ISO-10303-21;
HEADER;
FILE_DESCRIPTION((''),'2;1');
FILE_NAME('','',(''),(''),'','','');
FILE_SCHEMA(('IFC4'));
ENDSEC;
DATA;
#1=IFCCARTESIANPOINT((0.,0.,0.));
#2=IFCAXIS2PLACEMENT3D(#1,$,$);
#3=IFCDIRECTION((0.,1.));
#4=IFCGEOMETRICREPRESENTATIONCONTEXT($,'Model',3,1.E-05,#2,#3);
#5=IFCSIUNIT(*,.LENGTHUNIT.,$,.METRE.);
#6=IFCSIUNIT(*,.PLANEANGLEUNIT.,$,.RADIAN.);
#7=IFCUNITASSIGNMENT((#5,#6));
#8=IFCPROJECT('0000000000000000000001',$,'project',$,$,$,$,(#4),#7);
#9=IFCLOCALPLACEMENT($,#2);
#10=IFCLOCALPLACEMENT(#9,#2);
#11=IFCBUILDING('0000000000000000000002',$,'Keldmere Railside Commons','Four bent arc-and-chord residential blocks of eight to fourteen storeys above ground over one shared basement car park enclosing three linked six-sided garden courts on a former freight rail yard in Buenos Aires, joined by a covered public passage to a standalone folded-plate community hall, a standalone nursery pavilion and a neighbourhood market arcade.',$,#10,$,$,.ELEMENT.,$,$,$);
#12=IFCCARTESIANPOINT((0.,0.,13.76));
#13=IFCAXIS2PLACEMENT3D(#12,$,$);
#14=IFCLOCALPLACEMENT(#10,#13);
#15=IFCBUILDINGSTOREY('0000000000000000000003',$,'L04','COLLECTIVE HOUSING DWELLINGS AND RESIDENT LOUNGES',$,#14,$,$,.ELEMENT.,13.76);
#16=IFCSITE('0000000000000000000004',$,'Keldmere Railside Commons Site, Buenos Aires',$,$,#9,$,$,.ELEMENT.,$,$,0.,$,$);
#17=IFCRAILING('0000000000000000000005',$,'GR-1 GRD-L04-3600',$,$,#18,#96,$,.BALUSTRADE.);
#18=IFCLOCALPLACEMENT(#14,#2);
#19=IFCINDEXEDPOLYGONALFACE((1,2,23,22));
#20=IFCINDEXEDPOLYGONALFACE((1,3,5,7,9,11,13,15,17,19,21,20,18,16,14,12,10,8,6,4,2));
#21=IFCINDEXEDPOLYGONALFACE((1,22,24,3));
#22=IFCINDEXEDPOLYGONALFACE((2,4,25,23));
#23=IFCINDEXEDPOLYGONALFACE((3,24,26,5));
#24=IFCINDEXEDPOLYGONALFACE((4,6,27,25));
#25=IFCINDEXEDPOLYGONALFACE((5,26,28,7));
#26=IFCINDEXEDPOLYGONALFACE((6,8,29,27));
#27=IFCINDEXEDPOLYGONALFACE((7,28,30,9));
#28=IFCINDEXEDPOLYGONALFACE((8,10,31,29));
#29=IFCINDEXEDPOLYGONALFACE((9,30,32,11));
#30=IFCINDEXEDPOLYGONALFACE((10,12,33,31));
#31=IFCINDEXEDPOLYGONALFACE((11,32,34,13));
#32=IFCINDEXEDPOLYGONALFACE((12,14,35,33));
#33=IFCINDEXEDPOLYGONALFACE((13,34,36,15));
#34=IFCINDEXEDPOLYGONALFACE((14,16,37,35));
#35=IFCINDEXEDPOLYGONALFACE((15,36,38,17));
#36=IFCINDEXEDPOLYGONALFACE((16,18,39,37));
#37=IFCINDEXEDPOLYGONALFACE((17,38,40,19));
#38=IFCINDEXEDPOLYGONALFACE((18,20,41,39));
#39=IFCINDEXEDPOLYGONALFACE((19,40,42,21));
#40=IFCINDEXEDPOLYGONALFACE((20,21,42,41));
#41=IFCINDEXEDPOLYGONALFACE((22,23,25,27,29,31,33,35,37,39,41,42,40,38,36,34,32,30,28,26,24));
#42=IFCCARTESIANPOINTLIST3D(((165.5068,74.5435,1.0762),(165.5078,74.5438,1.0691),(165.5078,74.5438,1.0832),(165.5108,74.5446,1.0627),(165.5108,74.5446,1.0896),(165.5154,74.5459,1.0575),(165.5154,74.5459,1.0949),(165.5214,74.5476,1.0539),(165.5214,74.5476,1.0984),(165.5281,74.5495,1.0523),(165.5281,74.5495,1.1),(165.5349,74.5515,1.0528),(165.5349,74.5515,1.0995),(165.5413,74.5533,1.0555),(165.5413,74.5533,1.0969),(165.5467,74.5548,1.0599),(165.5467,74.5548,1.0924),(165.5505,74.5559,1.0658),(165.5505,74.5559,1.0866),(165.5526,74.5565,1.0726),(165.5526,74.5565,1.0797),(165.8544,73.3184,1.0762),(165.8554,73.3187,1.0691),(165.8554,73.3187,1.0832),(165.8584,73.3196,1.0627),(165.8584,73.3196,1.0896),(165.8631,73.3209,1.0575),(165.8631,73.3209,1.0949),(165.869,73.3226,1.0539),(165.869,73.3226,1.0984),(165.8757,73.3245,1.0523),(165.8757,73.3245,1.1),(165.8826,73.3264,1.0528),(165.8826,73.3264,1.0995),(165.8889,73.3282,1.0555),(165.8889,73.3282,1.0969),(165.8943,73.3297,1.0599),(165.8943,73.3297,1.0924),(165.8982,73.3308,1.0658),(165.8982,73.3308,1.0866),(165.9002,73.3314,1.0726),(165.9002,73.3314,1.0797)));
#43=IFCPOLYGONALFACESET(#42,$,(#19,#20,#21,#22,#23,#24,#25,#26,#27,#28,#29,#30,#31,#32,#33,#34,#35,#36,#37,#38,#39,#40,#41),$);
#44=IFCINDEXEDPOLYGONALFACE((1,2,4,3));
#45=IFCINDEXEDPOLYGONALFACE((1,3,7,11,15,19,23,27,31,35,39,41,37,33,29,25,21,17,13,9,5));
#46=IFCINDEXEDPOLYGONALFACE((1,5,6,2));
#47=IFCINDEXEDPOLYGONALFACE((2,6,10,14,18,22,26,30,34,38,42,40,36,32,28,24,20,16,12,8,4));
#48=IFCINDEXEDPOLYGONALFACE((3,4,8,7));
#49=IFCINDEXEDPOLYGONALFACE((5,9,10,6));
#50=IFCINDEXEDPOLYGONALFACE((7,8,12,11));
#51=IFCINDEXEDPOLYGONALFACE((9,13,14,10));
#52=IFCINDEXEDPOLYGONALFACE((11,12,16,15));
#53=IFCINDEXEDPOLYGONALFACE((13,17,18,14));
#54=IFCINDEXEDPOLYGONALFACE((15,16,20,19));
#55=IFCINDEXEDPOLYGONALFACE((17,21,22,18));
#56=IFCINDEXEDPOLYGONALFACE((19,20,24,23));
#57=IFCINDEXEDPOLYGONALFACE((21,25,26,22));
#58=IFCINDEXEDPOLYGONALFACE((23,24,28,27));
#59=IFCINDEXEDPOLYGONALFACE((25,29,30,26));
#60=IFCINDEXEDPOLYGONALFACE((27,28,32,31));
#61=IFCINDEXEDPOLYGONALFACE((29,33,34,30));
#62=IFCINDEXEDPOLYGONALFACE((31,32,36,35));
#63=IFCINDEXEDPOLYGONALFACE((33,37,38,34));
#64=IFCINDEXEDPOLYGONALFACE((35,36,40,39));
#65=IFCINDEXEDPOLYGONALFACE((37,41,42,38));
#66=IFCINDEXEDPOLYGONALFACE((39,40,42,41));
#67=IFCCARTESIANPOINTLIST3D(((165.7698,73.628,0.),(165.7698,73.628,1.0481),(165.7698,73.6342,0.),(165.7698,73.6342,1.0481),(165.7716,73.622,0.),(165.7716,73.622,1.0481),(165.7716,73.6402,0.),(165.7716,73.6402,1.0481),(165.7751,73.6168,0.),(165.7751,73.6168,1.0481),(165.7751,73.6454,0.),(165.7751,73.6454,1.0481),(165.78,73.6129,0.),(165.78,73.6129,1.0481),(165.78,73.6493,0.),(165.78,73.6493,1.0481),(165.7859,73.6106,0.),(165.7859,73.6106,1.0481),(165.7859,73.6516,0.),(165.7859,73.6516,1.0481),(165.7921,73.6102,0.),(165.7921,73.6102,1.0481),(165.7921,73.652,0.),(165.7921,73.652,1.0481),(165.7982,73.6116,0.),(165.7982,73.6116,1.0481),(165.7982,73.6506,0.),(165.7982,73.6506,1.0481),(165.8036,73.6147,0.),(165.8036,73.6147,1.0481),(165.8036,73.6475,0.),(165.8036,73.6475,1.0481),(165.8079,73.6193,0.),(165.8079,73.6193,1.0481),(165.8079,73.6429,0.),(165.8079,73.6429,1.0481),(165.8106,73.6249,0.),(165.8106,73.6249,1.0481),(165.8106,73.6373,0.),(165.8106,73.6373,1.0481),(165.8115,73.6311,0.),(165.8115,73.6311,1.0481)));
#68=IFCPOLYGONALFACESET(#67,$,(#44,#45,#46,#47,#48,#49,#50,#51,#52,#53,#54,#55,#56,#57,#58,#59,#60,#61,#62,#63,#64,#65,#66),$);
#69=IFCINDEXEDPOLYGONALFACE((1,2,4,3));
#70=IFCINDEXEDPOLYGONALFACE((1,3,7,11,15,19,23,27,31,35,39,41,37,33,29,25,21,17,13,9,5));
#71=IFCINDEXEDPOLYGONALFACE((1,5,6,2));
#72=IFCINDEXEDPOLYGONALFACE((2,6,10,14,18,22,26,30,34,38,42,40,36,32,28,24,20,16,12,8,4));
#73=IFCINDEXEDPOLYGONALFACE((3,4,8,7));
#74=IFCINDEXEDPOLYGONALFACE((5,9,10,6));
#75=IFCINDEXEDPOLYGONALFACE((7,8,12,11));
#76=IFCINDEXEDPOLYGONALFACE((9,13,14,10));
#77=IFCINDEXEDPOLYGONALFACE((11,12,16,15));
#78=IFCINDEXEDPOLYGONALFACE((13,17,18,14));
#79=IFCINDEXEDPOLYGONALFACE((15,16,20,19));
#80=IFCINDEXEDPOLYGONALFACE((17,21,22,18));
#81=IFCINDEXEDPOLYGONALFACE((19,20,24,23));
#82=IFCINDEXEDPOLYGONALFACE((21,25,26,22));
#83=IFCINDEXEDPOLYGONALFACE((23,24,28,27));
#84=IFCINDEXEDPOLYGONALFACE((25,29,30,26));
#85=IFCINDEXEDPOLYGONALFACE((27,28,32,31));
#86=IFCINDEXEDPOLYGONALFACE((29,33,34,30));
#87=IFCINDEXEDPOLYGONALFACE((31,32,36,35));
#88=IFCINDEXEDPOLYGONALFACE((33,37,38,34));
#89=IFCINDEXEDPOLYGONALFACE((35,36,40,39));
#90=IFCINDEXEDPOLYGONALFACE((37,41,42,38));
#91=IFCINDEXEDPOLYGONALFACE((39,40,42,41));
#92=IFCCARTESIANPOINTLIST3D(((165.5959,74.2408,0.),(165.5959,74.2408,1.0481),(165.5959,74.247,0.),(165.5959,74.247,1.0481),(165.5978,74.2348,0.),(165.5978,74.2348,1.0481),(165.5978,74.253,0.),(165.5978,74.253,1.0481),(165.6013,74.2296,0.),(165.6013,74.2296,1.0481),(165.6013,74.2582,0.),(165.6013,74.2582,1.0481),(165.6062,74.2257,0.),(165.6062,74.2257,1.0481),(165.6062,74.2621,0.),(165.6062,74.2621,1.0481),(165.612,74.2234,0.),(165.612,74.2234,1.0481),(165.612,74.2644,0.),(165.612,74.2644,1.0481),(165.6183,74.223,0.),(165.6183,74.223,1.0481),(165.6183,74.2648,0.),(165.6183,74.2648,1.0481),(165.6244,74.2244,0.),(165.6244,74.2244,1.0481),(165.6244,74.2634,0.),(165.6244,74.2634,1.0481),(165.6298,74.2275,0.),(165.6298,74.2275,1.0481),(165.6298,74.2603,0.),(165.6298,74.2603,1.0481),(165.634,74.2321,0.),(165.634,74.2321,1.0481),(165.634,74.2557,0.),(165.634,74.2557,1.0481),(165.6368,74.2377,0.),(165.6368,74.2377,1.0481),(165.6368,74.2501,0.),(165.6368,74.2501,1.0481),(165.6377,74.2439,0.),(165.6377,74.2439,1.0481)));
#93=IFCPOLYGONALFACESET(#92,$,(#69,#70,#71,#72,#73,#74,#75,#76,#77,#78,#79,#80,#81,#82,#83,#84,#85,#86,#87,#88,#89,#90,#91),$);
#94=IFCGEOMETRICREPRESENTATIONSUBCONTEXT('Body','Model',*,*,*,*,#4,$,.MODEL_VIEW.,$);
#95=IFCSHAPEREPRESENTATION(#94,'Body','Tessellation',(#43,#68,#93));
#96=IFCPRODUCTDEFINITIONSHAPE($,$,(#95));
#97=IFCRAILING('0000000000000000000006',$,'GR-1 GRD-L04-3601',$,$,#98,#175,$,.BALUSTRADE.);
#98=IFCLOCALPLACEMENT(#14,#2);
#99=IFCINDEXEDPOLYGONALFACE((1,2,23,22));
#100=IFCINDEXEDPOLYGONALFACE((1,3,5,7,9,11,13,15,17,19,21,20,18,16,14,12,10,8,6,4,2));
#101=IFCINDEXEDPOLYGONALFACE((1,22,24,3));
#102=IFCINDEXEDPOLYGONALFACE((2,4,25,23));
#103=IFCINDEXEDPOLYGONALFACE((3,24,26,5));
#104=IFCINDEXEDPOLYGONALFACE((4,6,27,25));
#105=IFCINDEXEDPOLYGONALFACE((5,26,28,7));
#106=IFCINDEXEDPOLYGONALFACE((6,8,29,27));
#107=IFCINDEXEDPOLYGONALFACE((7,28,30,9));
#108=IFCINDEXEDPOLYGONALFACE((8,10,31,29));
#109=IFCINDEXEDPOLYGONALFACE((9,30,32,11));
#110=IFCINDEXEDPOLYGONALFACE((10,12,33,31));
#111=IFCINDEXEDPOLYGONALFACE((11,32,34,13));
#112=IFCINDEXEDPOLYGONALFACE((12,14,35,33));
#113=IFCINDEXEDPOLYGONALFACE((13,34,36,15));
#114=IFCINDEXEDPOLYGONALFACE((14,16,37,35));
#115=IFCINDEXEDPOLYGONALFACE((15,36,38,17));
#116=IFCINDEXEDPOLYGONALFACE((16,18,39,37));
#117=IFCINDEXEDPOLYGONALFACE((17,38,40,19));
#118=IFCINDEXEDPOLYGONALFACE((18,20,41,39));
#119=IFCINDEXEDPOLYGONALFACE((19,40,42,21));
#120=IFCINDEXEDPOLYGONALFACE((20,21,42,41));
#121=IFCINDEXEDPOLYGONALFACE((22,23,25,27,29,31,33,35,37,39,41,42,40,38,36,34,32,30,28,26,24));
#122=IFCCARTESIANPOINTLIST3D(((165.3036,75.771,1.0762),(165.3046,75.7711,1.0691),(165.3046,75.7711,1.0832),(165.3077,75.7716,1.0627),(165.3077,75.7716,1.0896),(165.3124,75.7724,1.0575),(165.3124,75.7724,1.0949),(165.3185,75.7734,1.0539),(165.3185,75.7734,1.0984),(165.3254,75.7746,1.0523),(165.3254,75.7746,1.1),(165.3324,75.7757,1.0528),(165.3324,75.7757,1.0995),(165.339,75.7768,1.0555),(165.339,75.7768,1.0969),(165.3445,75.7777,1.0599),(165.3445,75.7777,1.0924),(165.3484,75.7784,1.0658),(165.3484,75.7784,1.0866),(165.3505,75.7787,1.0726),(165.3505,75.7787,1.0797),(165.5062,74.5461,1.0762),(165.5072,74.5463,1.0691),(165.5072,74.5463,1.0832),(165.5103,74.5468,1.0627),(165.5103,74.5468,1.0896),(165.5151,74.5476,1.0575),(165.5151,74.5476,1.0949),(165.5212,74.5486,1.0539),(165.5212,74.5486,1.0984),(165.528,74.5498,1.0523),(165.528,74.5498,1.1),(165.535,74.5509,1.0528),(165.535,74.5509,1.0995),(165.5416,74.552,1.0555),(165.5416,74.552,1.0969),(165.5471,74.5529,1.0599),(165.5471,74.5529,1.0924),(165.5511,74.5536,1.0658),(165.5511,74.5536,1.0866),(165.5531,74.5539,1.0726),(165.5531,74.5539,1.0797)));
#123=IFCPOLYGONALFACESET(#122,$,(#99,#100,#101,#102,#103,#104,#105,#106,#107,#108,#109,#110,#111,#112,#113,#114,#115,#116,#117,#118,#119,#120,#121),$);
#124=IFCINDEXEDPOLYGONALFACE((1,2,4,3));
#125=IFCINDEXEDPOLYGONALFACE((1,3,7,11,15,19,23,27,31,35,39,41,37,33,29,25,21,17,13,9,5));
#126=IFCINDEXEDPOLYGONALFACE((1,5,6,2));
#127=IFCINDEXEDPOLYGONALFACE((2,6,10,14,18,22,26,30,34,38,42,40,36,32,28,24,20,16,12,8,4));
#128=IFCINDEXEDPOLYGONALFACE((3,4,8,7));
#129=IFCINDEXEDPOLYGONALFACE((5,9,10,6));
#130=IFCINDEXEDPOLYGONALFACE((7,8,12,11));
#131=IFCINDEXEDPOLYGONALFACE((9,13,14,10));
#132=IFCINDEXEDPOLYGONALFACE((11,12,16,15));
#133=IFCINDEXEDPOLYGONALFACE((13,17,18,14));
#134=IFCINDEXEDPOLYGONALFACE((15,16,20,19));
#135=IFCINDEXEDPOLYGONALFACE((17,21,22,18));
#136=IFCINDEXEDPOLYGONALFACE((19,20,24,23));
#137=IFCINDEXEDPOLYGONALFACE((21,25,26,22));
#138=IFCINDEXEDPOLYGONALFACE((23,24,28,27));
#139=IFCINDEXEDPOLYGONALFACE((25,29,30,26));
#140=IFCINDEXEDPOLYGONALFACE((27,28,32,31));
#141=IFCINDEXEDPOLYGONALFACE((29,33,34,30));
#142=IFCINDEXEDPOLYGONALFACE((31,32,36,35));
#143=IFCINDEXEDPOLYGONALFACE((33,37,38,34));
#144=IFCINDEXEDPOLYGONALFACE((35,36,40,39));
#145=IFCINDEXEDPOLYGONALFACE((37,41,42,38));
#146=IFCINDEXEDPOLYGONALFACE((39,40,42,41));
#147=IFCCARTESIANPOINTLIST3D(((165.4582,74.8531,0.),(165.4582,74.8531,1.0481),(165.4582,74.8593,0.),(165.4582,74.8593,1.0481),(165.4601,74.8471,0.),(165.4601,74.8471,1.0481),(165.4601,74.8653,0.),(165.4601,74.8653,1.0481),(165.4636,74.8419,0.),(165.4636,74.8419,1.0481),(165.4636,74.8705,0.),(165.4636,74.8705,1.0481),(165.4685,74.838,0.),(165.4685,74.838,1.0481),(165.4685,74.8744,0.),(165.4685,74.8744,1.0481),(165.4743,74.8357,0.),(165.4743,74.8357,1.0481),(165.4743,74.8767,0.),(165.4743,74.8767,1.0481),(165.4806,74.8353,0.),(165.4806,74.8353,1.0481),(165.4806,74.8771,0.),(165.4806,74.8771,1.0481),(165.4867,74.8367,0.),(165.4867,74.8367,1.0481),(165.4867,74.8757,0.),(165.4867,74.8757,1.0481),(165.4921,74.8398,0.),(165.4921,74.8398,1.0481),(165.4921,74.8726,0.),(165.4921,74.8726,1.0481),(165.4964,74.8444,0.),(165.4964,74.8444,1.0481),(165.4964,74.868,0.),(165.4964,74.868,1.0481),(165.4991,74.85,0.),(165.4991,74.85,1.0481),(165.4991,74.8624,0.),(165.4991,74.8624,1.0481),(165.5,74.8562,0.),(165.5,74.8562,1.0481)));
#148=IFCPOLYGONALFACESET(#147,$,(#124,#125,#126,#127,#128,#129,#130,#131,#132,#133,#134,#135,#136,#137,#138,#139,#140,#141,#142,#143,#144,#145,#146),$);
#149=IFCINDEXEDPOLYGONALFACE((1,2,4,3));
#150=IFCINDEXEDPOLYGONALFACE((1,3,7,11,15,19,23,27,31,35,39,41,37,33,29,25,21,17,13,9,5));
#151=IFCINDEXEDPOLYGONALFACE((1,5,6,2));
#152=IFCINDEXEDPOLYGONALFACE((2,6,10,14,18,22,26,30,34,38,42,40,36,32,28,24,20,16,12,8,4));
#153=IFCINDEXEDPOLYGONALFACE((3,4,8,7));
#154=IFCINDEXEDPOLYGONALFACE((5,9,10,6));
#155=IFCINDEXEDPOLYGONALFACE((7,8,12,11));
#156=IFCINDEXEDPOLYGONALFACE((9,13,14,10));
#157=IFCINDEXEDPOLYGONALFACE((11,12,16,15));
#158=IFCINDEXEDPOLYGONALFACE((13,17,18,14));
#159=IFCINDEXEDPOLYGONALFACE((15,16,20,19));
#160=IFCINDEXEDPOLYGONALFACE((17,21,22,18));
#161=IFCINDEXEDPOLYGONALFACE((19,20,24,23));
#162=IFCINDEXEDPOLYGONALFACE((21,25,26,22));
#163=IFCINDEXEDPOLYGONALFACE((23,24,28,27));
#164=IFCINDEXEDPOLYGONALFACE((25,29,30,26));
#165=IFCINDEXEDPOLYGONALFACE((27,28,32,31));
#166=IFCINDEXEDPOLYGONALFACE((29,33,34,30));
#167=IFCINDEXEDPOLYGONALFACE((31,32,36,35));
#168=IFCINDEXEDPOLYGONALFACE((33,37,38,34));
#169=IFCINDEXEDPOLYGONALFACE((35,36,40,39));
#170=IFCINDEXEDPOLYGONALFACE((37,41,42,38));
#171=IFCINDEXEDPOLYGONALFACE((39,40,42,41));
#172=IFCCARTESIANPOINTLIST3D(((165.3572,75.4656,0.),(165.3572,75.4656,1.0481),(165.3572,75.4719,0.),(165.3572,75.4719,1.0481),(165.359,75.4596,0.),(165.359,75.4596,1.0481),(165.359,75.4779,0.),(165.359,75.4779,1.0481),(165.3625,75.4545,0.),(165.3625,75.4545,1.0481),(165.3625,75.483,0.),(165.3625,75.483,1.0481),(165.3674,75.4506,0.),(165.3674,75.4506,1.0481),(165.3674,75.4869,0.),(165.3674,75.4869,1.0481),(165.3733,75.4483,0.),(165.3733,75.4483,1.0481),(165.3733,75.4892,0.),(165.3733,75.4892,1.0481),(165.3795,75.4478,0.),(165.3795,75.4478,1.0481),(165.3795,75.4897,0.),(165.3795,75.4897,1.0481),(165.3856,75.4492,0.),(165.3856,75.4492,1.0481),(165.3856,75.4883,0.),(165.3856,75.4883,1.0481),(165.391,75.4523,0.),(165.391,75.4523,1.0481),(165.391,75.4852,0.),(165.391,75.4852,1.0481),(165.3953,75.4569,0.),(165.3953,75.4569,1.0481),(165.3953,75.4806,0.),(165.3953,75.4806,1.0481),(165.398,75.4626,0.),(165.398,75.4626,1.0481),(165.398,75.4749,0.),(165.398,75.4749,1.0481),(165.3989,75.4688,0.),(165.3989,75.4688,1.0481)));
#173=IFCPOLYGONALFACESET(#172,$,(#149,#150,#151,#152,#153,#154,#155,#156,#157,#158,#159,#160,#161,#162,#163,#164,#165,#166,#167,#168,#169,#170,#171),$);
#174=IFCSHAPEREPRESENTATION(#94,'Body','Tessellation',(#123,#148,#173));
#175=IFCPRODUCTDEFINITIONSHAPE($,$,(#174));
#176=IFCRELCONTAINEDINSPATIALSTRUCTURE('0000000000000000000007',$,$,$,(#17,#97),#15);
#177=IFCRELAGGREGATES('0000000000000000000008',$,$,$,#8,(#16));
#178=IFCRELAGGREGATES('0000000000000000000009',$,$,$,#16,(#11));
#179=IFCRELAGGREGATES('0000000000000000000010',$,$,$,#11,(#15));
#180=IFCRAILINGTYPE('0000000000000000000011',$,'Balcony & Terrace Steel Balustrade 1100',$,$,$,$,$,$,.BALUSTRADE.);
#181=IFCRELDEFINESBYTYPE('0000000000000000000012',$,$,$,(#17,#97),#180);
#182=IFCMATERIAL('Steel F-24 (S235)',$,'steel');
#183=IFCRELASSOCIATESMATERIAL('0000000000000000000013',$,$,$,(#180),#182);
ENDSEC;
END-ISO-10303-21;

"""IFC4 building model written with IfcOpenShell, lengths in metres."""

from ifc_helpers import new_model, si_unit, direction, frame, origin, origin_2d, place, context, subcontext, project, spatial, circle, extrude, material, type_object, element, save


model = new_model("IFC4")

# Units and contexts
model_context = context("Model", 3, precision=1e-05, world=origin(), true_north=direction((0.0, 1.0)))
body_context = subcontext(model_context, "Body", "Model", "MODEL_VIEW")
ifc_project = project(units=[si_unit("LENGTHUNIT", "METRE"), si_unit("PLANEANGLEUNIT", "RADIAN")], contexts=[model_context])

# Site, building, storey
site_placement = place(None, origin())
site = spatial("IfcSite", under=ifc_project, at=site_placement, Name="Keldmere Railside Commons Site, Buenos Aires", CompositionType="ELEMENT", RefElevation=0.0)
building_placement = place(site_placement, origin())
building = spatial("IfcBuilding", under=site, at=building_placement, Name="Keldmere Railside Commons", Description="Four bent arc-and-chord residential blocks of eight to fourteen storeys above ground over one shared basement car park enclosing three linked six-sided garden courts on a former freight rail yard in Buenos Aires, joined by a covered public passage to a standalone folded-plate community hall, a standalone nursery pavilion and a neighbourhood market arcade.", CompositionType="ELEMENT")
storey_placement = place(building_placement, frame((0.0, 0.0, 13.76)))
storey = spatial("IfcBuildingStorey", under=building, at=storey_placement, Name="L04", Description="COLLECTIVE HOUSING DWELLINGS AND RESIDENT LOUNGES", CompositionType="ELEMENT", Elevation=13.76)

# Shared definitions
ifc_material_1 = material(Name="Steel F-24 (S235)", Category="steel")

# Railings
railing_type_1 = type_object("IfcRailingType", Name="Balcony & Terrace Steel Balustrade 1100", PredefinedType="BALUSTRADE", material=ifc_material_1)
railing_1_placement = place(storey_placement, frame((165.8774, 73.325, 0.0)))
element("IfcRailing", 1, at=railing_1_placement, inside=storey, type_object=railing_type_1, Name="GR-1 GRD-L04-3600", PredefinedType="BALUSTRADE", context=body_context, shape_type="SweptSolid", body=[
    extrude(circle(Radius=0.0239, at=origin_2d()), frame((0.0, 0.0, 1.0762), z_axis=(-0.272999, 0.962014, 0.0), x_axis=(-0.962014, -0.272999, 0.0)), (0.0, 0.0, 1.0), 1.2734),
    extrude(circle(Radius=0.021, at=origin_2d()), frame((-0.0869, 0.3062, 0.0)), (0.0, 0.0, 1.0), 1.0481),
    extrude(circle(Radius=0.021, at=origin_2d()), frame((-0.2607, 0.9189, 0.0)), (0.0, 0.0, 1.0), 1.0481),
])
railing_2_placement = place(storey_placement, frame((165.5298, 74.55, 0.0)))
element("IfcRailing", 2, at=railing_2_placement, inside=storey, type_object=railing_type_1, Name="GR-1 GRD-L04-3601", PredefinedType="BALUSTRADE", context=body_context, shape_type="SweptSolid", body=[
    extrude(circle(Radius=0.0239, at=origin_2d()), frame((0.0, 0.0, 1.0762), z_axis=(-0.163219, 0.98659, 0.0), x_axis=(-0.98659, -0.163219, 0.0)), (0.0, 0.0, 1.0), 1.2415),
    extrude(circle(Radius=0.021, at=origin_2d()), frame((-0.0508, 0.3062, 0.0)), (0.0, 0.0, 1.0), 1.0481),
    extrude(circle(Radius=0.021, at=origin_2d()), frame((-0.1519, 0.9187, 0.0)), (0.0, 0.0, 1.0), 1.0481),
])

save(model, "model.ifc")
